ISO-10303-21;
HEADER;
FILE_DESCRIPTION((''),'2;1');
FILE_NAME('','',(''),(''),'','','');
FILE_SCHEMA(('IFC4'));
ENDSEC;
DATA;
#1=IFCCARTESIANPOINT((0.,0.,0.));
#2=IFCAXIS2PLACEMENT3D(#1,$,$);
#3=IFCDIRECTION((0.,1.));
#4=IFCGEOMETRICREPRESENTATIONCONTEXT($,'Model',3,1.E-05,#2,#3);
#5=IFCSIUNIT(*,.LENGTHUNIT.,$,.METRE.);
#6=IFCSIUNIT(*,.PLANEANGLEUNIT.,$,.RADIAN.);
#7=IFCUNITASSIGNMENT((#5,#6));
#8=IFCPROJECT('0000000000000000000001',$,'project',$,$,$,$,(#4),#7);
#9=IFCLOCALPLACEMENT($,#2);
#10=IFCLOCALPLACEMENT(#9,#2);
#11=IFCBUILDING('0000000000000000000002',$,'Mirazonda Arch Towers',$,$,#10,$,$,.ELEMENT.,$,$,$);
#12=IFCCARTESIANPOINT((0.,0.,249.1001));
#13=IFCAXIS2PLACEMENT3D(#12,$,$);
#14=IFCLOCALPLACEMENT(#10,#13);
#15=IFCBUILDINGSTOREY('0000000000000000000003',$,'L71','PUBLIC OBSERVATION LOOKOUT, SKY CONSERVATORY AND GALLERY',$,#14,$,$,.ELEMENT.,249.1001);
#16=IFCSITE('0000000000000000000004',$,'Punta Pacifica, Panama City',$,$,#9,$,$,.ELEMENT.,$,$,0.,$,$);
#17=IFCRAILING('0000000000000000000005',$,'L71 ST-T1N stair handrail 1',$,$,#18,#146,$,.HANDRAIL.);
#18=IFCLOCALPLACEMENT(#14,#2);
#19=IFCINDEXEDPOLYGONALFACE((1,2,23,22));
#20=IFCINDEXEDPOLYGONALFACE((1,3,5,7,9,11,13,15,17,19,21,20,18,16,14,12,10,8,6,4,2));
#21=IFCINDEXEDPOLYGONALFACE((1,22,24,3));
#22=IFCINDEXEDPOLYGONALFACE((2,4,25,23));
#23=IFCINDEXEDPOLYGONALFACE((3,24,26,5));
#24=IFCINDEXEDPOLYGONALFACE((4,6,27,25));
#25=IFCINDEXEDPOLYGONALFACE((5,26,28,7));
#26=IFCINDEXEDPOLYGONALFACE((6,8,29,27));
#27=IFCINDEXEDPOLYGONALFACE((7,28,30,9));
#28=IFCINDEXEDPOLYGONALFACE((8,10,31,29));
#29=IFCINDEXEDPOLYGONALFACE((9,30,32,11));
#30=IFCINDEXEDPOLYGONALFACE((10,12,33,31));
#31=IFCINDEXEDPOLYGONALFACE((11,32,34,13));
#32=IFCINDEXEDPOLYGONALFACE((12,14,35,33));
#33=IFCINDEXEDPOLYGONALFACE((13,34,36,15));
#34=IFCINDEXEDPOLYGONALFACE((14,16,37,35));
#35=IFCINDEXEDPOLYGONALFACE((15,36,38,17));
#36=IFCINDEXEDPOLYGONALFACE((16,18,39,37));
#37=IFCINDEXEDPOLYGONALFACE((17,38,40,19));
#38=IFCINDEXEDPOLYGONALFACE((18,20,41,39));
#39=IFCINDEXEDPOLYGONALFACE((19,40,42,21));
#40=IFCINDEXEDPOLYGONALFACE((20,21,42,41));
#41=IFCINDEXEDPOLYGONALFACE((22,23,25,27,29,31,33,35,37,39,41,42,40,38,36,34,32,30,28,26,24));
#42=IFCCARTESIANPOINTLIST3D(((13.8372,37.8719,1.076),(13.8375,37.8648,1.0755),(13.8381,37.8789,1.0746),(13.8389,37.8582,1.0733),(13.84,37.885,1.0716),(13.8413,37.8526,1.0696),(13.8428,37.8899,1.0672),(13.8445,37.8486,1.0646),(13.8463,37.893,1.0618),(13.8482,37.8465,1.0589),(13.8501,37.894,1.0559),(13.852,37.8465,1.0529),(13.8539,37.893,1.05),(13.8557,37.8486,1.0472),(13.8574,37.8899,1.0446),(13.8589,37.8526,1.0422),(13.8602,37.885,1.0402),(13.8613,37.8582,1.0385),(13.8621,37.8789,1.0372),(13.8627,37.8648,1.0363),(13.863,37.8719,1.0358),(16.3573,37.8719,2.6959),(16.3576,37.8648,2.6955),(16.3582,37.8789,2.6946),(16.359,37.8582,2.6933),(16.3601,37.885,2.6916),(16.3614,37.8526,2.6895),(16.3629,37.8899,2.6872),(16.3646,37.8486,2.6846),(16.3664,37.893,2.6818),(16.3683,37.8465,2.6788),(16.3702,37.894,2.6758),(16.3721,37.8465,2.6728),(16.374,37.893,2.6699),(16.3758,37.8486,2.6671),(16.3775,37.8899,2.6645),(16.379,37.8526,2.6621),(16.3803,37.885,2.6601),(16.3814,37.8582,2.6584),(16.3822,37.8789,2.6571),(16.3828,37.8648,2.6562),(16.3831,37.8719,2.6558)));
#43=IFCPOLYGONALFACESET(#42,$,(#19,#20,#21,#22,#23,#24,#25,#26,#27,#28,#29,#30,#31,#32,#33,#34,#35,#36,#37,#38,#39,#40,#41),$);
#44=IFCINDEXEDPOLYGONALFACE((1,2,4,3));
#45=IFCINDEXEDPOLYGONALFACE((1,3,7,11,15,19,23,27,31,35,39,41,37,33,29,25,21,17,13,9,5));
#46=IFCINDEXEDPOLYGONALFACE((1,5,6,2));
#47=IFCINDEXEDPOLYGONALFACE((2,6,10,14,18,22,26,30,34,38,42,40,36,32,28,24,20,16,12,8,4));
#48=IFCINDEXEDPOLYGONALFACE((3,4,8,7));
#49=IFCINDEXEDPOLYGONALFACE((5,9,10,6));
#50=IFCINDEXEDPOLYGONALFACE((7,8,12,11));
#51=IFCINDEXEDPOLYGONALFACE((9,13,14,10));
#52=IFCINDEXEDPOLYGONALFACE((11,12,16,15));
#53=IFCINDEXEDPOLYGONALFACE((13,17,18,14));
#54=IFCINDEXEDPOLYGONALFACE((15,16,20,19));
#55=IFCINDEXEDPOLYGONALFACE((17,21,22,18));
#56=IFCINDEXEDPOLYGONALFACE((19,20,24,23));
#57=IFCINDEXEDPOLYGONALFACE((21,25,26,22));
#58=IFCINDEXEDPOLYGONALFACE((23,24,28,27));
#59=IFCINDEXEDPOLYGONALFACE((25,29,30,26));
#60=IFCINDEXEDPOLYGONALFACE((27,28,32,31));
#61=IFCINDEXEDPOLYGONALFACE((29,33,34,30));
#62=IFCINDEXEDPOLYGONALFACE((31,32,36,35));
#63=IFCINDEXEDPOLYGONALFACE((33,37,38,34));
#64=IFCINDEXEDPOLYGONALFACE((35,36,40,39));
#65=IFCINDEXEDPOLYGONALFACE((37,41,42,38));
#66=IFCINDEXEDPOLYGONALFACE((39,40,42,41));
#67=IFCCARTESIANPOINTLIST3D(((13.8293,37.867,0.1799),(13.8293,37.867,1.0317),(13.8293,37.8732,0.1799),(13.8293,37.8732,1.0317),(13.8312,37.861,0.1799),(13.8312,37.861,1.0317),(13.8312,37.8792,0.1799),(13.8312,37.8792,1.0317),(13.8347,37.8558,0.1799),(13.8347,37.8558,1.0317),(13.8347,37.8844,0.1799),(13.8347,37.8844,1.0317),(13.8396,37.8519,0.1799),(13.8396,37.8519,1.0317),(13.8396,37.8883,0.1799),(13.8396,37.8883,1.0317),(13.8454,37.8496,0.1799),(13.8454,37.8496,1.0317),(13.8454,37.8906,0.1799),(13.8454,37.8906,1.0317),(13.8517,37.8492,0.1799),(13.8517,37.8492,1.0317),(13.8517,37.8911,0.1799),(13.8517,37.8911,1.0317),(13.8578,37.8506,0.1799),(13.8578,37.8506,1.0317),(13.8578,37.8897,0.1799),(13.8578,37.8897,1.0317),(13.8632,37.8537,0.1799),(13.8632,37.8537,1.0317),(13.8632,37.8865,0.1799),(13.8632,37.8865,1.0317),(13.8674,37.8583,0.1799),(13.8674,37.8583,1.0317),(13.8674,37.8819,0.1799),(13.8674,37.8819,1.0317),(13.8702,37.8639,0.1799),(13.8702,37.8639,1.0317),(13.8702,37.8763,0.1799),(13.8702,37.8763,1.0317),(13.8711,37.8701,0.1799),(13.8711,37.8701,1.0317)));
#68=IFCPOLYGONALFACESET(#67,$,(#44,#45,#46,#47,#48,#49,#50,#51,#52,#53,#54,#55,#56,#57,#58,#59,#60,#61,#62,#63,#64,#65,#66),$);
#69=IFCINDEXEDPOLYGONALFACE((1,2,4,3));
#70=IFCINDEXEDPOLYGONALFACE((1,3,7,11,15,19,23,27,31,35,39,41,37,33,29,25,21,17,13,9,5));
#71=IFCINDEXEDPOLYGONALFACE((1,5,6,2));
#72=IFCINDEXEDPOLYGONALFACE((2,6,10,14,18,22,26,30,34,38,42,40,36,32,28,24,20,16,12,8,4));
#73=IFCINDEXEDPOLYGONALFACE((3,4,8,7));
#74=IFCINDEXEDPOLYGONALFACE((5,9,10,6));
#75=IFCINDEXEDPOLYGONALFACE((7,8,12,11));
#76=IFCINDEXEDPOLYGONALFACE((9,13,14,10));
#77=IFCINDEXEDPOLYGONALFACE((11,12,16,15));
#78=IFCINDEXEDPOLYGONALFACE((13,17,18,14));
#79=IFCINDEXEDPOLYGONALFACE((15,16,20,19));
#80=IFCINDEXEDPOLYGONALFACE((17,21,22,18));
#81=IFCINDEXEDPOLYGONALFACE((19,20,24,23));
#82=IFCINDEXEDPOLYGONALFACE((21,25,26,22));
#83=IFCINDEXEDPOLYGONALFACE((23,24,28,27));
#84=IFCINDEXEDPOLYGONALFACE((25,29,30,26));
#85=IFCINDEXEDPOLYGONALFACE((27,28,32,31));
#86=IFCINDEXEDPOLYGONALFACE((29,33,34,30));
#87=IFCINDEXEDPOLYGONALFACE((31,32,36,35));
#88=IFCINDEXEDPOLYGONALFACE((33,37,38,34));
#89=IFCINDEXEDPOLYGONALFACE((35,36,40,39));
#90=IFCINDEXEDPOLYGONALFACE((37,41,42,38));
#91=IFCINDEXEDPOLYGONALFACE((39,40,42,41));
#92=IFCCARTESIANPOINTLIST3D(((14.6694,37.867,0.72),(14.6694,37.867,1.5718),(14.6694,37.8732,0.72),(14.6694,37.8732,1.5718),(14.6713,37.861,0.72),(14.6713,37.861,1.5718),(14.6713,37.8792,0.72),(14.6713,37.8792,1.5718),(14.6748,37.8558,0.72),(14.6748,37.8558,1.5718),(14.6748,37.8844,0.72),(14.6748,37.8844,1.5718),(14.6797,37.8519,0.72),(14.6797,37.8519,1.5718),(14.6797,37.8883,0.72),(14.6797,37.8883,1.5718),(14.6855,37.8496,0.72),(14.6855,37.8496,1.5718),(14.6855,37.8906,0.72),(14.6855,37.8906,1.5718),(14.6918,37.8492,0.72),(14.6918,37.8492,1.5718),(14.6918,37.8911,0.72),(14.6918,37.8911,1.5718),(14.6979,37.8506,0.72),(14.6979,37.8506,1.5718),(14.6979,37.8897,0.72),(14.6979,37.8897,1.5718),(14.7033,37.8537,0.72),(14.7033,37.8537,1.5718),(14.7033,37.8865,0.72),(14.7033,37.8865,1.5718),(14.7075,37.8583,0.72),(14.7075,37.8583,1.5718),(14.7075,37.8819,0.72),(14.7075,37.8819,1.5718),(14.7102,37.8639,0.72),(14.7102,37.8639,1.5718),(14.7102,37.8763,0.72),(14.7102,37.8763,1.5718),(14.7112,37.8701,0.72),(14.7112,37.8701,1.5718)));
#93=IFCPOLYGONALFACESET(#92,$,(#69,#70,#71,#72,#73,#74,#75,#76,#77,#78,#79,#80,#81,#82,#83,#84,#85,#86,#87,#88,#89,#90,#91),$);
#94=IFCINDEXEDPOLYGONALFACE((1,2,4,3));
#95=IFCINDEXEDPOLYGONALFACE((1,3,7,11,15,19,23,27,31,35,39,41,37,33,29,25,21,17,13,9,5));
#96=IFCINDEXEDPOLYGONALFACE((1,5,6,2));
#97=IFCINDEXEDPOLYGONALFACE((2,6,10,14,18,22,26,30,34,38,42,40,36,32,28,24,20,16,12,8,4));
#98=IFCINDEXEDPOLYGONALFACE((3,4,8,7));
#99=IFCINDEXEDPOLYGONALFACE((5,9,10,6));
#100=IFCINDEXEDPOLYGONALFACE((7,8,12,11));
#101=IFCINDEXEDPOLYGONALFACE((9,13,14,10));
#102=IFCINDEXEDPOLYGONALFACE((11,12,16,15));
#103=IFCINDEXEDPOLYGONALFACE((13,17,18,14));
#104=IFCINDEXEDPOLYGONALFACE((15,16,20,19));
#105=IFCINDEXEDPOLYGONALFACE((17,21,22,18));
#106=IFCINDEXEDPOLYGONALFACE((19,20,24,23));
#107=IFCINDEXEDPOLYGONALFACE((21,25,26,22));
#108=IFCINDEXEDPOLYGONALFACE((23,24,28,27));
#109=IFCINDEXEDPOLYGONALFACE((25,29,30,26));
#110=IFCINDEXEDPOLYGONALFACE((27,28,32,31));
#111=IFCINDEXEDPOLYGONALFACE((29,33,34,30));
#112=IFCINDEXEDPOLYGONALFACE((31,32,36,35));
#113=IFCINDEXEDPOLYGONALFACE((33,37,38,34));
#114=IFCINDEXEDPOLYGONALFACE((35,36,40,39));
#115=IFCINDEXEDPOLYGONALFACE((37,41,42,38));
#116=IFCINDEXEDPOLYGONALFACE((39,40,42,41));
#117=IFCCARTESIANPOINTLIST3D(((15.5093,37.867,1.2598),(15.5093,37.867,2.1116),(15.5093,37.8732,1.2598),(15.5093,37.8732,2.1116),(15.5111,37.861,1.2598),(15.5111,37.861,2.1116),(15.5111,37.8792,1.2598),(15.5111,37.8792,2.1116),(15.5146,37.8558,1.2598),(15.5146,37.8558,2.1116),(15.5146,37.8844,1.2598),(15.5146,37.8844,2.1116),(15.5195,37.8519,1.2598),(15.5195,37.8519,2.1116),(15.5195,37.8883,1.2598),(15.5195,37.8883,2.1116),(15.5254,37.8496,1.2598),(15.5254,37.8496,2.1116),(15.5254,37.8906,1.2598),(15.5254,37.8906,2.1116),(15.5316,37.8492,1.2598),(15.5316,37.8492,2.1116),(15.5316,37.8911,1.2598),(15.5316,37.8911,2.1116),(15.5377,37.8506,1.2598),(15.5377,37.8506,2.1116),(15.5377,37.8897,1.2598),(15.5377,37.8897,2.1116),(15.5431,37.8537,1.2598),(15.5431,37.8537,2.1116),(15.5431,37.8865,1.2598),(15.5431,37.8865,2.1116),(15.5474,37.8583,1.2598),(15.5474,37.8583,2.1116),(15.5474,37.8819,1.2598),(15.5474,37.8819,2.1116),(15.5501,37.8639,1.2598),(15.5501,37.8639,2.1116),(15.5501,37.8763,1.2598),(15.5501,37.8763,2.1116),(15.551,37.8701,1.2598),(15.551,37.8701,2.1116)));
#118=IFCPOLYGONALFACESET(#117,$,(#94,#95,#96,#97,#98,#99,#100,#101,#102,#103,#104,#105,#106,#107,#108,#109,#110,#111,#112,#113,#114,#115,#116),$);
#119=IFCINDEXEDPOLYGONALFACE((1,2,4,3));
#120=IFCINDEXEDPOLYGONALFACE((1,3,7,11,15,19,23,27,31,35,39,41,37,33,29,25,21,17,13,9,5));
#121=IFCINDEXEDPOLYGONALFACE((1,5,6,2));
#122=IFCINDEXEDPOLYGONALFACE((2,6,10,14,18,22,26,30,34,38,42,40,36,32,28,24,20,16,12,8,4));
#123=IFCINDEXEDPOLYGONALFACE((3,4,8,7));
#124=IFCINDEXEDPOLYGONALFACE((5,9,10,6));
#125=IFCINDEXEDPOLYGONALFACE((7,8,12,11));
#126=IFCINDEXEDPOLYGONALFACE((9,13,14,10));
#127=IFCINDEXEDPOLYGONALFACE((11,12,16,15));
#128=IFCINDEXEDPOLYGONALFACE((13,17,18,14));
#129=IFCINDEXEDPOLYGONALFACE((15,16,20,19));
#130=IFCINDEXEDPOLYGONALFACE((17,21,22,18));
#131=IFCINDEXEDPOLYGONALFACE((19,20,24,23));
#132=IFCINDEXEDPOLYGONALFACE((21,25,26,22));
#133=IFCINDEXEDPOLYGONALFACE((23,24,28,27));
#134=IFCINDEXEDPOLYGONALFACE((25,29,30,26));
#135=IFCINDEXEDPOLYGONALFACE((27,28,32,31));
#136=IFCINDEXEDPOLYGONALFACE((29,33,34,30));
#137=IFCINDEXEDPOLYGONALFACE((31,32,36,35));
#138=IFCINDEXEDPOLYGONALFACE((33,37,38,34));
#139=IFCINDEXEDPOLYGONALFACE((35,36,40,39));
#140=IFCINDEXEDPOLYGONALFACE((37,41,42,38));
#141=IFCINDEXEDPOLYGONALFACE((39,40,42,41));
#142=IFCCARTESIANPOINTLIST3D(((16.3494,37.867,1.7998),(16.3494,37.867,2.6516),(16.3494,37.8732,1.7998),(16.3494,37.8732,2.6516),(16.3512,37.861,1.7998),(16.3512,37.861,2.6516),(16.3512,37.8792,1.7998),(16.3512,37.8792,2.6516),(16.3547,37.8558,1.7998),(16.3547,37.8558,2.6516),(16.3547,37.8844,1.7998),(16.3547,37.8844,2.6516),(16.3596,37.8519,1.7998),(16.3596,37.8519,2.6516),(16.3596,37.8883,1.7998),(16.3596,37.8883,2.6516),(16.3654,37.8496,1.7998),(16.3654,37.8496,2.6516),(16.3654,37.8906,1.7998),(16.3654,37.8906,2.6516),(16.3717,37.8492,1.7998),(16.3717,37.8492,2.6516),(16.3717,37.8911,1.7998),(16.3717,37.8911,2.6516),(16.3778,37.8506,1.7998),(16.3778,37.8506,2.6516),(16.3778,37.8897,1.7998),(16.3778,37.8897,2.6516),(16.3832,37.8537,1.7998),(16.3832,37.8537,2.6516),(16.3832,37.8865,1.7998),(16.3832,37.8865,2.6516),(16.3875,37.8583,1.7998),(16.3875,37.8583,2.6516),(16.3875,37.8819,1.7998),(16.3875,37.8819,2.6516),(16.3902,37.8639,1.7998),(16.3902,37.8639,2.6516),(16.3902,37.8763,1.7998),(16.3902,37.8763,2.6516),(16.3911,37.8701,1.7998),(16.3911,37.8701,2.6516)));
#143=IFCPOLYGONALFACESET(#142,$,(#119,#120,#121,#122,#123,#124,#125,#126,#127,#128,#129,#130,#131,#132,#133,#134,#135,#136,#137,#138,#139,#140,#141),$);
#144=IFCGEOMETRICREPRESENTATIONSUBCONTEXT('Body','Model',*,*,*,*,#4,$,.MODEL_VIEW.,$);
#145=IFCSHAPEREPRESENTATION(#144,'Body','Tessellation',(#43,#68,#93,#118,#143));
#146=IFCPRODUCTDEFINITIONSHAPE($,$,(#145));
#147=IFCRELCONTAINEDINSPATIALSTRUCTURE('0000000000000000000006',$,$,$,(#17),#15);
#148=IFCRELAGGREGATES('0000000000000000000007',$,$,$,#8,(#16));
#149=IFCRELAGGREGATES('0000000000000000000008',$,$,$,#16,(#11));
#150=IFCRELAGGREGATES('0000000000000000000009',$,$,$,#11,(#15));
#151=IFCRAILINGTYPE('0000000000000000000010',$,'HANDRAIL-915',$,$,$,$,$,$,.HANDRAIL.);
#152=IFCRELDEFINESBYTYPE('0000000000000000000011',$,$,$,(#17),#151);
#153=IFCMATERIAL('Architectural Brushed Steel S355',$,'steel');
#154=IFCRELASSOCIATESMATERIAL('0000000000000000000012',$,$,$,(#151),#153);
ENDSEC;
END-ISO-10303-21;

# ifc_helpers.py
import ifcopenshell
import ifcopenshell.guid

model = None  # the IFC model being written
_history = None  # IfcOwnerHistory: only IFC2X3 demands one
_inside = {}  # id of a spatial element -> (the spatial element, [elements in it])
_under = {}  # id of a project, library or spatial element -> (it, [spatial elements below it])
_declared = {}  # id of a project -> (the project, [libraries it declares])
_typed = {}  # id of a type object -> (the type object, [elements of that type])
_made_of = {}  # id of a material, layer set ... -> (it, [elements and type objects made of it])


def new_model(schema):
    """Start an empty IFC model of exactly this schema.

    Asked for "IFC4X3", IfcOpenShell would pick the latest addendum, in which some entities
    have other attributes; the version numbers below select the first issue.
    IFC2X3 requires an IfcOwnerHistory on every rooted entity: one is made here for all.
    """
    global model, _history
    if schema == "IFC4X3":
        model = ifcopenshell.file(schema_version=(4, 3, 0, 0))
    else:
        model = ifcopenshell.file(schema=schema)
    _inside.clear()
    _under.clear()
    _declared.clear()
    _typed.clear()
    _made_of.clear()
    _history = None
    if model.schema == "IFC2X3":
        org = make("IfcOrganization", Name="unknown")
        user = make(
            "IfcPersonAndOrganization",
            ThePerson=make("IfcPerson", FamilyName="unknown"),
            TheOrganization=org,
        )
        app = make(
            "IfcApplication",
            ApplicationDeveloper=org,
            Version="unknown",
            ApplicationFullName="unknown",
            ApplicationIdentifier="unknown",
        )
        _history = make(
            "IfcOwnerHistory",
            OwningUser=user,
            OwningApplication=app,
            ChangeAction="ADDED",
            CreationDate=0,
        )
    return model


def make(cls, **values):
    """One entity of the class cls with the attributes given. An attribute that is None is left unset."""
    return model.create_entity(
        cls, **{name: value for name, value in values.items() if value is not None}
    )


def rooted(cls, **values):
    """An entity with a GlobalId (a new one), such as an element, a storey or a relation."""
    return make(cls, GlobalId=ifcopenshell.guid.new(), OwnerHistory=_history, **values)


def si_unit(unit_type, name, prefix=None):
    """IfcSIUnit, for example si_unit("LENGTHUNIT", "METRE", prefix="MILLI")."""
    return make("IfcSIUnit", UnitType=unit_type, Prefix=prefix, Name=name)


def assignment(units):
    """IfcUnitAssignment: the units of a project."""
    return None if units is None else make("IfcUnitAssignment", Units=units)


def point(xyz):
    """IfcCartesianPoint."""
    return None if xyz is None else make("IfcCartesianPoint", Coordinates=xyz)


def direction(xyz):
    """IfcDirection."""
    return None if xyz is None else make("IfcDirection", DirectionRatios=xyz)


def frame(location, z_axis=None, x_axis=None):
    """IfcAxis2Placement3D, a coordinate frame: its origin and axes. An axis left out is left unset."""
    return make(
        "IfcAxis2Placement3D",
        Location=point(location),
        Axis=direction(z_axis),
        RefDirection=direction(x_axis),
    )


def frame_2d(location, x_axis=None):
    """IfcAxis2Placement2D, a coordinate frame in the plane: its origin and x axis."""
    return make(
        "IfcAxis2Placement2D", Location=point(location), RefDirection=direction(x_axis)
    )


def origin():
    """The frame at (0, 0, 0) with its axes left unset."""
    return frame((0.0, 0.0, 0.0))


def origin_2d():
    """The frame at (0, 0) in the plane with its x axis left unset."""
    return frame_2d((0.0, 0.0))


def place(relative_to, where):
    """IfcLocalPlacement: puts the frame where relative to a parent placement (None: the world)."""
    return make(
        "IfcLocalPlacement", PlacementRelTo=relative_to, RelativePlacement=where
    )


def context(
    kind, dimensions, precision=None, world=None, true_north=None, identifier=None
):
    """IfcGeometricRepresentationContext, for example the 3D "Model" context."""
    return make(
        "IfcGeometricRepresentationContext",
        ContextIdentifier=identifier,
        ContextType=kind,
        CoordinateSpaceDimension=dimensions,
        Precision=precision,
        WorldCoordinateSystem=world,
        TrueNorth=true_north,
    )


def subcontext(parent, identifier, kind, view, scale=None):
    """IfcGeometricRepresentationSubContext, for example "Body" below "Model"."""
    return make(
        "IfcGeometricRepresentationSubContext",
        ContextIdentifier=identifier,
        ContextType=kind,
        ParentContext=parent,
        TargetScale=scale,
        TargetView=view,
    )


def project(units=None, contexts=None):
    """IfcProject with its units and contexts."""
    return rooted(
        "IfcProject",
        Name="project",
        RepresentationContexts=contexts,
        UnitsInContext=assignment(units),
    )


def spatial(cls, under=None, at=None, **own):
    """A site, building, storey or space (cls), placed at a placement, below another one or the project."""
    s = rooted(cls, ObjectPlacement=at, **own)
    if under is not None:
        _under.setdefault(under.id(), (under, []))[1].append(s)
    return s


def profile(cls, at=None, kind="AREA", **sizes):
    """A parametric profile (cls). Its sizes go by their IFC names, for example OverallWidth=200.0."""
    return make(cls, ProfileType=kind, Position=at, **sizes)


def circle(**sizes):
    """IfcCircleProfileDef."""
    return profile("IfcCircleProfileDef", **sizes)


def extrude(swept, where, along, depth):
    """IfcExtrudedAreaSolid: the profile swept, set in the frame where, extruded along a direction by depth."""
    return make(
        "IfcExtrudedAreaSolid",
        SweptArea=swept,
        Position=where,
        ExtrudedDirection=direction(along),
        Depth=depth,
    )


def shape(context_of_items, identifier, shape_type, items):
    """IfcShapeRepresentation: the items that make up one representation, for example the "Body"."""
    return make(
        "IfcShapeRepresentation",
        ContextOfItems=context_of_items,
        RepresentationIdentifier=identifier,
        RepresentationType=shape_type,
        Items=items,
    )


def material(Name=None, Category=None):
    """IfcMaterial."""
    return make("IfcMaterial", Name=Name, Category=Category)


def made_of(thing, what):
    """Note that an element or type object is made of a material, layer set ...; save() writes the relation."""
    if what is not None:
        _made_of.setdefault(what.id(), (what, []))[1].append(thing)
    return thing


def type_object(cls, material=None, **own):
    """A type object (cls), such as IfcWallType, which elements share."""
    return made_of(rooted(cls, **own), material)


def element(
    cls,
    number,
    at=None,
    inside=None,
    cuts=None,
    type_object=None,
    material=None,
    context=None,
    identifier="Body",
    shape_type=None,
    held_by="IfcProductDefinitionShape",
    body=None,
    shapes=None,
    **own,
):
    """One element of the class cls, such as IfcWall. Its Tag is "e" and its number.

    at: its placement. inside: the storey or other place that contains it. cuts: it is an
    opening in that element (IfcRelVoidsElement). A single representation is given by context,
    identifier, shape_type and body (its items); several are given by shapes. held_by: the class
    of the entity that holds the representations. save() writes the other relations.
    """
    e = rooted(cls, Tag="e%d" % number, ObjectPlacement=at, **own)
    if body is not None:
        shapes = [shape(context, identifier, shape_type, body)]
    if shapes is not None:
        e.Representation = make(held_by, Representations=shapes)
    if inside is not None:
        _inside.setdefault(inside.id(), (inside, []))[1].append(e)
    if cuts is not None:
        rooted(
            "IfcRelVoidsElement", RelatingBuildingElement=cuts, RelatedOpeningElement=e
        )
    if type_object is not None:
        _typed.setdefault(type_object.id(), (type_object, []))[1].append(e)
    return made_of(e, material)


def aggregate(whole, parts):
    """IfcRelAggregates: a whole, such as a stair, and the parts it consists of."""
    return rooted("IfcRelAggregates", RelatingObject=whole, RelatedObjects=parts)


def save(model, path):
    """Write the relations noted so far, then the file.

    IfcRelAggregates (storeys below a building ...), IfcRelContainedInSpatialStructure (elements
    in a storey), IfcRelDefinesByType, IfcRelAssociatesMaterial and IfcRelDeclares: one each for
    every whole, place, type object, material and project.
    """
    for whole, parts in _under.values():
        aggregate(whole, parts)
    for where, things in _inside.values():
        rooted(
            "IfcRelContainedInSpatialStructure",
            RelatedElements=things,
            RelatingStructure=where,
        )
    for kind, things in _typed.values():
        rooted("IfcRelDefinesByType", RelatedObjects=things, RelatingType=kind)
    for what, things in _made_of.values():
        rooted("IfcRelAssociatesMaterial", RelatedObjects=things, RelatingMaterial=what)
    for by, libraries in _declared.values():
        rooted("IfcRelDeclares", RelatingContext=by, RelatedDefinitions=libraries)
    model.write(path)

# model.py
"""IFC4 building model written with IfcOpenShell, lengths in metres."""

from ifc_helpers import new_model, si_unit, direction, frame, origin, origin_2d, place, context, subcontext, project, spatial, circle, extrude, material, type_object, element, save


model = new_model("IFC4")

# Units and contexts
model_context = context("Model", 3, precision=1e-05, world=origin(), true_north=direction((0.0, 1.0)))
body_context = subcontext(model_context, "Body", "Model", "MODEL_VIEW")
ifc_project = project(units=[si_unit("LENGTHUNIT", "METRE"), si_unit("PLANEANGLEUNIT", "RADIAN")], contexts=[model_context])

# Site, building, storey
site_placement = place(None, origin())
site = spatial("IfcSite", under=ifc_project, at=site_placement, Name="Punta Pacifica, Panama City", CompositionType="ELEMENT", RefElevation=0.0)
building_placement = place(site_placement, origin())
building = spatial("IfcBuilding", under=site, at=building_placement, Name="Mirazonda Arch Towers", CompositionType="ELEMENT")
storey_placement = place(building_placement, frame((0.0, 0.0, 249.1001)))
storey = spatial("IfcBuildingStorey", under=building, at=storey_placement, Name="L71", Description="PUBLIC OBSERVATION LOOKOUT, SKY CONSERVATORY AND GALLERY", CompositionType="ELEMENT", Elevation=249.1001)

# Shared definitions
ifc_material_1 = material(Name="Architectural Brushed Steel S355", Category="steel")

# Railing
railing_type = type_object("IfcRailingType", Name="HANDRAIL-915", PredefinedType="HANDRAIL", material=ifc_material_1)
railing_placement = place(storey_placement, frame((13.8501, 37.8701, 0.1799)))
element("IfcRailing", 1, at=railing_placement, inside=storey, type_object=railing_type, Name="L71 ST-T1N stair handrail 1", PredefinedType="HANDRAIL", context=body_context, shape_type="SweptSolid", body=[
    extrude(circle(Radius=0.0239, at=origin_2d()), frame((0.0, 0.0, 0.876), z_axis=(0.8412, 0.0, 0.540725), x_axis=(0.0, 1.0, 0.0)), (0.0, 0.0, 1.0), 2.9958),
    extrude(circle(Radius=0.021, at=origin_2d()), origin(), (0.0, 0.0, 1.0), 0.8518),
    extrude(circle(Radius=0.021, at=origin_2d()), frame((0.8401, 0.0, 0.54)), (0.0, 0.0, 1.0), 0.8518),
    extrude(circle(Radius=0.021, at=origin_2d()), frame((1.6799, 0.0, 1.0798)), (0.0, 0.0, 1.0), 0.8518),
    extrude(circle(Radius=0.021, at=origin_2d()), frame((2.52, 0.0, 1.6199)), (0.0, 0.0, 1.0), 0.8518),
])

save(model, "model.ifc")
